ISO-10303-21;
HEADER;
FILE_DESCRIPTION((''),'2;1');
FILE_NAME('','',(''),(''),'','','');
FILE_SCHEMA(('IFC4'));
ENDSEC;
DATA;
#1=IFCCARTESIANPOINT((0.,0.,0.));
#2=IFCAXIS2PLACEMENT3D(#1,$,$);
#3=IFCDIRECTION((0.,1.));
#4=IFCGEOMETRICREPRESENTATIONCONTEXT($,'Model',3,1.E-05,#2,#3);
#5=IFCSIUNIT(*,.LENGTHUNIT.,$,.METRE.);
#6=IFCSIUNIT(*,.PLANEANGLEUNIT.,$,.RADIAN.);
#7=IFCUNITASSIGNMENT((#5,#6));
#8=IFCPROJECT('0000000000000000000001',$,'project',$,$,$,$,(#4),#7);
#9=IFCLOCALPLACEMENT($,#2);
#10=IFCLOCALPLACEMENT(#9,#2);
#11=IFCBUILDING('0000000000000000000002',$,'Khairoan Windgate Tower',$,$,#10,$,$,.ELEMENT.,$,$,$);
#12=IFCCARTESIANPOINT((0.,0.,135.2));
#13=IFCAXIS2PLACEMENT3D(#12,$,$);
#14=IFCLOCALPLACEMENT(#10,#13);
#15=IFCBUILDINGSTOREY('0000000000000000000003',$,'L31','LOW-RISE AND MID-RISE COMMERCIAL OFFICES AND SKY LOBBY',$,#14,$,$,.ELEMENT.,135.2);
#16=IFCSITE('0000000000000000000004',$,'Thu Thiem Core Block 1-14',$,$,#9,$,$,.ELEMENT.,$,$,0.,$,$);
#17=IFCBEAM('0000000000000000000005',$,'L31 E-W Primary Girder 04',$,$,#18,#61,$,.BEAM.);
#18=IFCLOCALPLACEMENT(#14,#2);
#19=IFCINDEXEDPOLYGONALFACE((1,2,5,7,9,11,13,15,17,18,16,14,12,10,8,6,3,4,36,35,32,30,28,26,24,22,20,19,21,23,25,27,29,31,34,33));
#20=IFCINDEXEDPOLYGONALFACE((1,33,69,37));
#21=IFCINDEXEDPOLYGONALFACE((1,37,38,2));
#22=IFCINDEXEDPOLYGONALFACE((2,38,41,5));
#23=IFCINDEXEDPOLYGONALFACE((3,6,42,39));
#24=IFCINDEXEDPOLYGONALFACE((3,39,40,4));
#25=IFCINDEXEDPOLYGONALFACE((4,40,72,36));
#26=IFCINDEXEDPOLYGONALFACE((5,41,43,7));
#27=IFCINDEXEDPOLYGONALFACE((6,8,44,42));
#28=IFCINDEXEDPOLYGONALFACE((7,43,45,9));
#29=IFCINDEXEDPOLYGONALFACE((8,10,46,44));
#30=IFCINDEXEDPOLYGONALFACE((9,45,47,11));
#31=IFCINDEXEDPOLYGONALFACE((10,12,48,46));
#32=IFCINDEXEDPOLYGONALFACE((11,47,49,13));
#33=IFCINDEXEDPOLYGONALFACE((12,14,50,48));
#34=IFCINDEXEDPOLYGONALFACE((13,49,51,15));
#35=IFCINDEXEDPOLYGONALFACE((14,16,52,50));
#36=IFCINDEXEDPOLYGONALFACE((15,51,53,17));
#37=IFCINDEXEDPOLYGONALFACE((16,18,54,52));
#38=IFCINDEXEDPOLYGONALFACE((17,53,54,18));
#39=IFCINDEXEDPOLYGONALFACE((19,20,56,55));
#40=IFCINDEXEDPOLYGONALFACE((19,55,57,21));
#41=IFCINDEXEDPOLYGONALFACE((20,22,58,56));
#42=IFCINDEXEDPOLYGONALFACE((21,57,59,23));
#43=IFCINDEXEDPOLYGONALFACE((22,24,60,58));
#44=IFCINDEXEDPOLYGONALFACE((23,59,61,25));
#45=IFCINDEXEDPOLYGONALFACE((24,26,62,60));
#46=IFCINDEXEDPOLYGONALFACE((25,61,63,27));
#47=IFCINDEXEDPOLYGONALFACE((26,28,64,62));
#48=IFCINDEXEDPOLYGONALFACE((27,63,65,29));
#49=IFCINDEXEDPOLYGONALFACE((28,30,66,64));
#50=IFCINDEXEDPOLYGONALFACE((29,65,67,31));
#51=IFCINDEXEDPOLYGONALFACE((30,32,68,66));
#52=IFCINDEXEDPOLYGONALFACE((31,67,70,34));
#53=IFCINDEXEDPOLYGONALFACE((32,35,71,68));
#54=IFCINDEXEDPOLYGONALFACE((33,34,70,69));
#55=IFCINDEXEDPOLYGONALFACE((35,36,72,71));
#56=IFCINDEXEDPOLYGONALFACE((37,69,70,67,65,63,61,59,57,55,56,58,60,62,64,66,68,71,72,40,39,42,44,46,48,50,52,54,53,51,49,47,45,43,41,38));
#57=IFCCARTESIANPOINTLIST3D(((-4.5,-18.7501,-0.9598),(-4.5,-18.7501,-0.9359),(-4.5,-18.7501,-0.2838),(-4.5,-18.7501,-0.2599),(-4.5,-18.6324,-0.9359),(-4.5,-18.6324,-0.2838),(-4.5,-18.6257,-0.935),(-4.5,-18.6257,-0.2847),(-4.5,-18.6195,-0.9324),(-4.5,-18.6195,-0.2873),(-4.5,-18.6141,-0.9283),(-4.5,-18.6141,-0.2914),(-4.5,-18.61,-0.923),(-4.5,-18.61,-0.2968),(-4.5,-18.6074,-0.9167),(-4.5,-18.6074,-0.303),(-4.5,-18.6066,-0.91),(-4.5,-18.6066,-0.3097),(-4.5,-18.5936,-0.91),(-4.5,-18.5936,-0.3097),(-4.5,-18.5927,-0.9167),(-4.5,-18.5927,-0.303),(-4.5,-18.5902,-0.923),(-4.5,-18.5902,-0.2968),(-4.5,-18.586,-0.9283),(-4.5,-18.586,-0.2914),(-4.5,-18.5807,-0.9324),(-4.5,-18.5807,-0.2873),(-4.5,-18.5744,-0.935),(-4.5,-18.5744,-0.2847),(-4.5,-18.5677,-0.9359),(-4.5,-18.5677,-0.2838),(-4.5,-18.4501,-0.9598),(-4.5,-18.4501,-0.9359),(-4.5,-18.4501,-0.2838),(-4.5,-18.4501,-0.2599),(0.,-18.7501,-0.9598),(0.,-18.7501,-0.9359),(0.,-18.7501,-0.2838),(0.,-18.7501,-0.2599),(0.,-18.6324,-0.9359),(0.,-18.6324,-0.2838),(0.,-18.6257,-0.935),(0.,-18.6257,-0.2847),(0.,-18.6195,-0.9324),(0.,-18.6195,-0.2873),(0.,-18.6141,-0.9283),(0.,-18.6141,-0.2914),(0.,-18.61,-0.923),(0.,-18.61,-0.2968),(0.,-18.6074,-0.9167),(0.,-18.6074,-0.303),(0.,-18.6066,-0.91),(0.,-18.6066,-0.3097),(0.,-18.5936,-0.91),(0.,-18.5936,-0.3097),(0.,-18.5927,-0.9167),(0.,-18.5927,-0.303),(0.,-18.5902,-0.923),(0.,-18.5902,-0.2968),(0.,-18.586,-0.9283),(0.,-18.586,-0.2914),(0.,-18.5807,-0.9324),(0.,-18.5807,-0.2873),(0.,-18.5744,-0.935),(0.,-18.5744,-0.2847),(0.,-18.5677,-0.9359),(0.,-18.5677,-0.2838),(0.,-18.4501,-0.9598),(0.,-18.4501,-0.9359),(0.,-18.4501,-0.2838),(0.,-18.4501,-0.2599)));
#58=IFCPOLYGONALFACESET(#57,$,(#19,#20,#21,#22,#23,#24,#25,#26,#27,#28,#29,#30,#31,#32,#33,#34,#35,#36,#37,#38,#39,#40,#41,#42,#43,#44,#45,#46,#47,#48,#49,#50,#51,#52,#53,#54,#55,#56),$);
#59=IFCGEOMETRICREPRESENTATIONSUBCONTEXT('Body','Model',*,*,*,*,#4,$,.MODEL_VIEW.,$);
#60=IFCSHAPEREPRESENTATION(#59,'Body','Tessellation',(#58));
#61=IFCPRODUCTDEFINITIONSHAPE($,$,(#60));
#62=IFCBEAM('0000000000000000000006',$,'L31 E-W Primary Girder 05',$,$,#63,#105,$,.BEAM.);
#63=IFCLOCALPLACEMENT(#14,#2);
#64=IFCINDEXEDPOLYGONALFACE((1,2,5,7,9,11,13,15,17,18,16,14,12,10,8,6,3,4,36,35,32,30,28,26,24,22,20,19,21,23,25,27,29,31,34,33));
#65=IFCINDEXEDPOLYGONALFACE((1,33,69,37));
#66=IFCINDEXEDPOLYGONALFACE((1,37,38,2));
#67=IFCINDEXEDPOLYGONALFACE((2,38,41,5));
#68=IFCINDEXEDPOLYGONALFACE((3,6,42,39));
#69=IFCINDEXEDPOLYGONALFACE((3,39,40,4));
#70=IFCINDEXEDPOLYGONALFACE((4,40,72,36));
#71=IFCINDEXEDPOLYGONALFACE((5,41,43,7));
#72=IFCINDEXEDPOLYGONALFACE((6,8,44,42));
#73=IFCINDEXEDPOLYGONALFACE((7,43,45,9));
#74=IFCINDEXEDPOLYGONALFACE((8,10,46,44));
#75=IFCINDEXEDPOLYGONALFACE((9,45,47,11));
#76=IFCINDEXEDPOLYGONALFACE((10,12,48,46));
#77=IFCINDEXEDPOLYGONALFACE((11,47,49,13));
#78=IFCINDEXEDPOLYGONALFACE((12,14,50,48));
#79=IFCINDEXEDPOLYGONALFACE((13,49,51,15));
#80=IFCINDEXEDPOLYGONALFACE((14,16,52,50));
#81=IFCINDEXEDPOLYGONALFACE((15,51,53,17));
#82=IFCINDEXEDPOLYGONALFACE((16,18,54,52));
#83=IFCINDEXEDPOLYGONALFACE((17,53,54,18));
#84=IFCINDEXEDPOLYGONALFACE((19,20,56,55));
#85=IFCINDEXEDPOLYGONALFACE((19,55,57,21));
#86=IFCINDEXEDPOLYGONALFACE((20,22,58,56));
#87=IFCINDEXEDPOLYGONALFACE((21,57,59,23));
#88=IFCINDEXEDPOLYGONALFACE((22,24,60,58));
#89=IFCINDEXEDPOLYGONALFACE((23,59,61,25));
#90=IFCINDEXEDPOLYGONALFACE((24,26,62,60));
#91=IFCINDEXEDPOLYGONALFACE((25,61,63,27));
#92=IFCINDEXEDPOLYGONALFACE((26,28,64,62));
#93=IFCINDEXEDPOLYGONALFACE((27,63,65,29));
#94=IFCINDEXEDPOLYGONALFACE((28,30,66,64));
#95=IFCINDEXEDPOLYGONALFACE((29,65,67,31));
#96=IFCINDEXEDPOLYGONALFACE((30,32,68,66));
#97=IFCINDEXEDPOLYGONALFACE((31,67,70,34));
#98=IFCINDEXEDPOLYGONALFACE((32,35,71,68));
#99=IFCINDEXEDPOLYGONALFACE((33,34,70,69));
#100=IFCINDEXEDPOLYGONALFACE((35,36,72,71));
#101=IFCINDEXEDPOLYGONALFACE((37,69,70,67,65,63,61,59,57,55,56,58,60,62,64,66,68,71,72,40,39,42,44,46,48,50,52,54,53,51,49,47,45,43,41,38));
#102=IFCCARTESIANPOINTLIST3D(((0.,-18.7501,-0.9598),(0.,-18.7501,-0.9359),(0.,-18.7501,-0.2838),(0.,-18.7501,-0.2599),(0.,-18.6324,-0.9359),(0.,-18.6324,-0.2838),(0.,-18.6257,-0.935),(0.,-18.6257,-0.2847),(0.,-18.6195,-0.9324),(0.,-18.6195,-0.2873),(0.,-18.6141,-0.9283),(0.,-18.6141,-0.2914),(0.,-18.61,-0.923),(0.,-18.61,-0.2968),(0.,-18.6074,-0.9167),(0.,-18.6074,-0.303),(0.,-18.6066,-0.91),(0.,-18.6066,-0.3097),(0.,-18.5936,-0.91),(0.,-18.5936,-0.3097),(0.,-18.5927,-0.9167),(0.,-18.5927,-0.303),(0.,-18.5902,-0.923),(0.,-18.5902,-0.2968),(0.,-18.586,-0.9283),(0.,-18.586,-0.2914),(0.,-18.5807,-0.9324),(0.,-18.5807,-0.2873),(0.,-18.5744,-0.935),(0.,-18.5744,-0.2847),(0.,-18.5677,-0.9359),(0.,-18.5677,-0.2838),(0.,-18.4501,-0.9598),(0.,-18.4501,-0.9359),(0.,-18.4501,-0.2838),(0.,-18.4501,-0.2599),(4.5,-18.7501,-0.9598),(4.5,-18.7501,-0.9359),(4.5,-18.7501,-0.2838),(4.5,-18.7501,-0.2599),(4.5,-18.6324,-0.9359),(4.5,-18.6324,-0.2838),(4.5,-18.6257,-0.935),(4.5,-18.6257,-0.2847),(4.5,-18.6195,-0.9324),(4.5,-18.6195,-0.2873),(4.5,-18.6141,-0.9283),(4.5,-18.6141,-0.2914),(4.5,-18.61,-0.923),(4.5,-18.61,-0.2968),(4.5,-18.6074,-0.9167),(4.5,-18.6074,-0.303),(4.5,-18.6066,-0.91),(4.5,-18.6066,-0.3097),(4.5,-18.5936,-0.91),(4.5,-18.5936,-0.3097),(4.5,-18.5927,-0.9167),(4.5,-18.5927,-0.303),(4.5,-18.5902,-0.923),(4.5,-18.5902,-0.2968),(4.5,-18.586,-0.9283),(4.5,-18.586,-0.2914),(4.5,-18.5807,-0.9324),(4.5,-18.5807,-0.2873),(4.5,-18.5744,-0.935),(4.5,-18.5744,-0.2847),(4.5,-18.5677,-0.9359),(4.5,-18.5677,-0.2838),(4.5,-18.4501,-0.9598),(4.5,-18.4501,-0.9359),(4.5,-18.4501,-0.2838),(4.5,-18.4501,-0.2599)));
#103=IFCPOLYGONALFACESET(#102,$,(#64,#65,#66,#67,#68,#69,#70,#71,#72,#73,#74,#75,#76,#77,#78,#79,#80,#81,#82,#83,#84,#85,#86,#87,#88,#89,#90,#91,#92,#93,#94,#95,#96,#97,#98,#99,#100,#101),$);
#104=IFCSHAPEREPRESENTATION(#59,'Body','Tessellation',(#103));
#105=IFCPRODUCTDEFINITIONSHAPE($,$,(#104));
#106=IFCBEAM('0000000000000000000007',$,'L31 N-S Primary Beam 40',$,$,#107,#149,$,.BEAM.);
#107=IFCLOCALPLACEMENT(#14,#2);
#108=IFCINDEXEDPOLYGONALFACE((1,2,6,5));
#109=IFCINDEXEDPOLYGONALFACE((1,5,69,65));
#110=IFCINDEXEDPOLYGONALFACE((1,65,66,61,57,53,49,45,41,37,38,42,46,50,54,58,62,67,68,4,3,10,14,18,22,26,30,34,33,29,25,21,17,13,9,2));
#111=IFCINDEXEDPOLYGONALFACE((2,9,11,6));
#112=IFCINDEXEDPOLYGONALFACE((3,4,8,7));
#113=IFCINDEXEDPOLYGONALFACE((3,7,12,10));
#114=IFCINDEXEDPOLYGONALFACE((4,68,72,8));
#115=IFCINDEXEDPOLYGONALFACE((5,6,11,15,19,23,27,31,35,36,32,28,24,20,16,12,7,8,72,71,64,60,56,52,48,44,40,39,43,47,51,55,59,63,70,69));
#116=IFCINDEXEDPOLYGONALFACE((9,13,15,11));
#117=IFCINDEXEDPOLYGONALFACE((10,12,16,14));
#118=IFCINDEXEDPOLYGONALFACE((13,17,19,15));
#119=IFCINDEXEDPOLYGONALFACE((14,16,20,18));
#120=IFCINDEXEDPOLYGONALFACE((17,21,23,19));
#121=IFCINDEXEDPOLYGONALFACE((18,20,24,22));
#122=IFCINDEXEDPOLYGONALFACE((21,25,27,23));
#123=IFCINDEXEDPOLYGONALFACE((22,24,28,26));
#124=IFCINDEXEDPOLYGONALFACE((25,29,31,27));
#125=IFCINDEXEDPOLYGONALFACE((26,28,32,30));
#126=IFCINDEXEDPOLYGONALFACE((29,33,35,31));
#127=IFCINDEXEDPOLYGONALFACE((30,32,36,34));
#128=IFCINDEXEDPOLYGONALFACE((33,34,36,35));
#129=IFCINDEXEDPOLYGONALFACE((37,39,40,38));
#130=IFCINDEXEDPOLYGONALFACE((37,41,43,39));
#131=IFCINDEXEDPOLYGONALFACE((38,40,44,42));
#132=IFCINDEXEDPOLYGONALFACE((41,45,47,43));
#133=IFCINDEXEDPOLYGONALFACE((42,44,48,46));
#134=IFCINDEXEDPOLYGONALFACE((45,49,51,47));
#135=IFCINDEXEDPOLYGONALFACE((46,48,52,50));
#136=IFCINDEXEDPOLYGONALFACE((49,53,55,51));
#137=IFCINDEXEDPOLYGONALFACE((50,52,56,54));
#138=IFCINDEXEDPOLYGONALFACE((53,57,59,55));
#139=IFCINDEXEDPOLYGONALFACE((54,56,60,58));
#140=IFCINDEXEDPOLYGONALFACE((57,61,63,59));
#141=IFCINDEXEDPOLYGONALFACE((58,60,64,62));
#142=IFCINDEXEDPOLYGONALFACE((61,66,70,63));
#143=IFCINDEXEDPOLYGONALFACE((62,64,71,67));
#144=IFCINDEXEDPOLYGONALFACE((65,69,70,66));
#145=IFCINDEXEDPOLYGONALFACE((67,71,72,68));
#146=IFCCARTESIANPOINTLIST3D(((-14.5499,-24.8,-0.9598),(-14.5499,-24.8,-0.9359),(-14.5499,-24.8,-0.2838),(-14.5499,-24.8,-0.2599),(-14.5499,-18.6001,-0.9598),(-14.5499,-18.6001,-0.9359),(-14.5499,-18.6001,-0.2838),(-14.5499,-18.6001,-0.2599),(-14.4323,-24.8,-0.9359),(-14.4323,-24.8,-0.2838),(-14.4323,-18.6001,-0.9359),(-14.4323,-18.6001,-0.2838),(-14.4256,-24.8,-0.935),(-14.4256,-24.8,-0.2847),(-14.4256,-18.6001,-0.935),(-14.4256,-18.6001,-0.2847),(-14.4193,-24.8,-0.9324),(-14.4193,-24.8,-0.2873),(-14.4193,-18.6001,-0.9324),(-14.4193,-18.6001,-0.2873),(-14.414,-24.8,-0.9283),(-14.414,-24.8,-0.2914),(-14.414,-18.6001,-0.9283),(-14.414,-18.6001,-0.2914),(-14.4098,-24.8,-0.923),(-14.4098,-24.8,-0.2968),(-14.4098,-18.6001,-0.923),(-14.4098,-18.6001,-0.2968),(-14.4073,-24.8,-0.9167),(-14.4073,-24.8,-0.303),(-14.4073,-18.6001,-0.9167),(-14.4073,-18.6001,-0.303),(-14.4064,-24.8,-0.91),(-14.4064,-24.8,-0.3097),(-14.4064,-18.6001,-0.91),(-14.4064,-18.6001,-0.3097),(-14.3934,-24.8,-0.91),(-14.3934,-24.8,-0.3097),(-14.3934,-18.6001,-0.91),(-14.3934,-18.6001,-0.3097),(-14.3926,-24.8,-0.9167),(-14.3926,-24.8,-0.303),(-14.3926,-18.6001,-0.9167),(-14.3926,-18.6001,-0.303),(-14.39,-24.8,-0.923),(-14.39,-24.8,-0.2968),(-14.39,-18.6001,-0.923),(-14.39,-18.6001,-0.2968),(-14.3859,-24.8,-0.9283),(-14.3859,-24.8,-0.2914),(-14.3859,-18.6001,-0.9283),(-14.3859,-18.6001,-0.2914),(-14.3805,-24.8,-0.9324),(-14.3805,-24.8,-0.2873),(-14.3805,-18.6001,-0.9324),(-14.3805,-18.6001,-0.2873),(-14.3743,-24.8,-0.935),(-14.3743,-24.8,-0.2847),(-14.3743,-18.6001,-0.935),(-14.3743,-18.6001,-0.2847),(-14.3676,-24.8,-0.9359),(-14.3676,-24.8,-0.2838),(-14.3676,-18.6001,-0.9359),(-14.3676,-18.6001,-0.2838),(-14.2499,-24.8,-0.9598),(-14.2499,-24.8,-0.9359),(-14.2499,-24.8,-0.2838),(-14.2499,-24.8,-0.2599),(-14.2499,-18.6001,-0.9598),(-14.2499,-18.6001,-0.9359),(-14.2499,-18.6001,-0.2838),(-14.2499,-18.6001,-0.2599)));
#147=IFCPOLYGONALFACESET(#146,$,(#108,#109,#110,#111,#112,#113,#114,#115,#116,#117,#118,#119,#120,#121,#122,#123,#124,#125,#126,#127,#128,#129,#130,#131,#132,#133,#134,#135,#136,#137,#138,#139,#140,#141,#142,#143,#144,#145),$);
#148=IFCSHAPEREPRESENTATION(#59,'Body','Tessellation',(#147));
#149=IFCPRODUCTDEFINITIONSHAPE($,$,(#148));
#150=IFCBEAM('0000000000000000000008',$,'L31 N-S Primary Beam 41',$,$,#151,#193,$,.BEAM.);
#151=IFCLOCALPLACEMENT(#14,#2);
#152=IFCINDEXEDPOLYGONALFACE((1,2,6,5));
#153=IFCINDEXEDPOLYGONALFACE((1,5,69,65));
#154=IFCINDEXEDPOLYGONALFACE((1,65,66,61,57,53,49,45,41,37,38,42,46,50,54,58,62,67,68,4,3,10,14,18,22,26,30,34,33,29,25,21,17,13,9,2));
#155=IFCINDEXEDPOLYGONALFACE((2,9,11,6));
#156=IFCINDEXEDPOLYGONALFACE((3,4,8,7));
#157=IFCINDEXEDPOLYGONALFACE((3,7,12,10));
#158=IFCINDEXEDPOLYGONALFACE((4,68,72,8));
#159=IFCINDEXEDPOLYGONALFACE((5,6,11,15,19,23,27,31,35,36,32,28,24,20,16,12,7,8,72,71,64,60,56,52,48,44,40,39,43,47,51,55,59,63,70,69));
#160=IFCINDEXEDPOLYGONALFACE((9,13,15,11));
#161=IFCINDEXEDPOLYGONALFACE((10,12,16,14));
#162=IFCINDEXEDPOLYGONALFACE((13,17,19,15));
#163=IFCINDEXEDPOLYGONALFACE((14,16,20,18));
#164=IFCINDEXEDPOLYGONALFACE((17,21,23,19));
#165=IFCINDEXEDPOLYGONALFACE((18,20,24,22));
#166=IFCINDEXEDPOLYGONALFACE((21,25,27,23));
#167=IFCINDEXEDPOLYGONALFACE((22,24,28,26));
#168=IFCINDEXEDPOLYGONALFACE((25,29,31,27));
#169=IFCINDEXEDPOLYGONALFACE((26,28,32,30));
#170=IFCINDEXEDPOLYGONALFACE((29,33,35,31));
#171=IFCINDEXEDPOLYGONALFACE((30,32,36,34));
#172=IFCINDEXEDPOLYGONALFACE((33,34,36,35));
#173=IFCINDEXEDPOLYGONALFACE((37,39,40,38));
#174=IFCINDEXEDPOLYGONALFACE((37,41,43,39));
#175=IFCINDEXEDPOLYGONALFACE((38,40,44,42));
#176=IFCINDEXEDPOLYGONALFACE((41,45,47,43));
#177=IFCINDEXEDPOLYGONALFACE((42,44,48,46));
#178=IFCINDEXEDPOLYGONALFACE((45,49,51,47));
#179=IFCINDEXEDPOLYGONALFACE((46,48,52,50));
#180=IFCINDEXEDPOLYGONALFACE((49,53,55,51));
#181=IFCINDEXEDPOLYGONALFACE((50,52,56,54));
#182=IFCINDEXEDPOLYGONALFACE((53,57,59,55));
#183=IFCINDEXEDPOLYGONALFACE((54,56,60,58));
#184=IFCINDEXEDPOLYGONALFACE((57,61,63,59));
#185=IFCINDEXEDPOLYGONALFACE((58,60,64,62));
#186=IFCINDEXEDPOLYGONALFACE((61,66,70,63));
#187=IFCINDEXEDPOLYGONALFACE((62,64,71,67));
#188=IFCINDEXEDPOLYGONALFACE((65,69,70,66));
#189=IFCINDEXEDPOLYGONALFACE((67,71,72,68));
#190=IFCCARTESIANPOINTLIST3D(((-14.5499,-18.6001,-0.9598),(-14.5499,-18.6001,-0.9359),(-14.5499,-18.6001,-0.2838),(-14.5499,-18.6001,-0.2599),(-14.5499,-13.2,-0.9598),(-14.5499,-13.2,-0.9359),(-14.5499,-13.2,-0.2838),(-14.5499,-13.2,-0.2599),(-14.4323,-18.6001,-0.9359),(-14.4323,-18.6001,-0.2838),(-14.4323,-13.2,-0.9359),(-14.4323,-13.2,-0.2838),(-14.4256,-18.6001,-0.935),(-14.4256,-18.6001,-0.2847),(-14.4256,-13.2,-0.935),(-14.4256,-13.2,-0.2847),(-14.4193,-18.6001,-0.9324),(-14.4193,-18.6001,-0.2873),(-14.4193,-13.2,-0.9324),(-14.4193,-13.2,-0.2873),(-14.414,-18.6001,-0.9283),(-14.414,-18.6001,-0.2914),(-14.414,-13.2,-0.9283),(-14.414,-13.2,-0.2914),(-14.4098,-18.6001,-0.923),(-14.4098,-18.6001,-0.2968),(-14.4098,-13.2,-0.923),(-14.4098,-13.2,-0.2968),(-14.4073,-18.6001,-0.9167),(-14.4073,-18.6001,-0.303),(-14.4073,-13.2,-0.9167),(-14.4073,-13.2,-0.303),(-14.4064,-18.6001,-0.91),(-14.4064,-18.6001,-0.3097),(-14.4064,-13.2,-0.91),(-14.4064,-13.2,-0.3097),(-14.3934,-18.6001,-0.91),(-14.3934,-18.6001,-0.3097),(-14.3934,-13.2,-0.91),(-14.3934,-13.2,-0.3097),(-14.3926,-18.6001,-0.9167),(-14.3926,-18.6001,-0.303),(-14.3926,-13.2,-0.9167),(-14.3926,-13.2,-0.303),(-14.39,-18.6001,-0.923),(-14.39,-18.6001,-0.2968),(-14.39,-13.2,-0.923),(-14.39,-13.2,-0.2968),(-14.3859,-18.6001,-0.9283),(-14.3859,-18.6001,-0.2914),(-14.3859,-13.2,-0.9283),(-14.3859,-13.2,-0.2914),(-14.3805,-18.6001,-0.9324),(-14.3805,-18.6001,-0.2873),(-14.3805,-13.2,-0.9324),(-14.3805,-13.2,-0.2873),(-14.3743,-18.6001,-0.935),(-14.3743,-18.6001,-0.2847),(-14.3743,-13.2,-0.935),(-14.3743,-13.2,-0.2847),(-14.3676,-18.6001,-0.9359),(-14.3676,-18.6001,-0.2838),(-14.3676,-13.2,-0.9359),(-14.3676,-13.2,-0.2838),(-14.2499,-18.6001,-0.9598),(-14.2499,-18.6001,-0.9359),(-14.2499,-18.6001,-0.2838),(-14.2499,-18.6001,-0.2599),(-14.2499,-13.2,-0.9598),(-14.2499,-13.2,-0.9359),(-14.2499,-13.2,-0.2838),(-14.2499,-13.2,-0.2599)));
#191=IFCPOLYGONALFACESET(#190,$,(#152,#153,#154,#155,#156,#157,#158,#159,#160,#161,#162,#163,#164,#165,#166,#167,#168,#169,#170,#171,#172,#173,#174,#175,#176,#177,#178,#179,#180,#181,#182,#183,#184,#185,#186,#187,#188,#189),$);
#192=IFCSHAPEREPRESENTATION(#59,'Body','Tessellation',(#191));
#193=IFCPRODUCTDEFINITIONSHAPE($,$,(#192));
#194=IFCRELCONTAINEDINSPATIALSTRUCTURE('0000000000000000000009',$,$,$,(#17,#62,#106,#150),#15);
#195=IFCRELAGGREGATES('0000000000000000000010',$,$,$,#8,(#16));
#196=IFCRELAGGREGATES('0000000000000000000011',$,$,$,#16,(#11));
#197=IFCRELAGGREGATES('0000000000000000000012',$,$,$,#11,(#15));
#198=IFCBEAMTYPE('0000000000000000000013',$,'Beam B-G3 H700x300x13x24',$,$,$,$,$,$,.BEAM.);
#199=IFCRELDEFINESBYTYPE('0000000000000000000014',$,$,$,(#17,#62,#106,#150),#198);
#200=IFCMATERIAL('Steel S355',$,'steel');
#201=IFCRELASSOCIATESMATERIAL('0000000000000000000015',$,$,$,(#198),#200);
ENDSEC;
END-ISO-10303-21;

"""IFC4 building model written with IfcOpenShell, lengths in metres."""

from ifc_helpers import new_model, si_unit, direction, frame, origin, origin_2d, place, context, subcontext, project, spatial, i_section, extrude, material, material_profile, profile_set, type_object, element, save


model = new_model("IFC4")

# Units and contexts
model_context = context("Model", 3, precision=1e-05, world=origin(), true_north=direction((0.0, 1.0)))
body_context = subcontext(model_context, "Body", "Model", "MODEL_VIEW")
ifc_project = project(units=[si_unit("LENGTHUNIT", "METRE"), si_unit("PLANEANGLEUNIT", "RADIAN")], contexts=[model_context])

# Site, building, storey
site_placement = place(None, origin())
site = spatial("IfcSite", under=ifc_project, at=site_placement, Name="Thu Thiem Core Block 1-14", CompositionType="ELEMENT", RefElevation=0.0)
building_placement = place(site_placement, origin())
building = spatial("IfcBuilding", under=site, at=building_placement, Name="Khairoan Windgate Tower", CompositionType="ELEMENT")
storey_placement = place(building_placement, frame((0.0, 0.0, 135.2)))
storey = spatial("IfcBuildingStorey", under=building, at=storey_placement, Name="L31", Description="LOW-RISE AND MID-RISE COMMERCIAL OFFICES AND SKY LOBBY", CompositionType="ELEMENT", Elevation=135.2)

# Beams
ifc_material_1 = material(Name="Steel S355", Category="steel")
ifc_material_profile_1 = material_profile(ifc_material_1, i_section(OverallWidth=0.3, OverallDepth=0.7, WebThickness=0.0129, FlangeThickness=0.0239, FilletRadius=0.0259, at=origin_2d()))
ifc_profile_set_1 = profile_set([ifc_material_profile_1], Name="Steel S355")
beam_type_1 = type_object("IfcBeamType", Name="Beam B-G3 H700x300x13x24", PredefinedType="BEAM", material=ifc_profile_set_1)
for number, where, z_axis, x_axis, name in (
    (1, (-4.5, -18.6001, -0.6099), (1.0, 0.0, 0.0), (0.0, 1.0, 0.0), "L31 E-W Primary Girder 04"),
    (2, (0.0, -18.6001, -0.6099), (1.0, 0.0, 0.0), (0.0, 1.0, 0.0), "L31 E-W Primary Girder 05"),
):
    element("IfcBeam", number, at=place(storey_placement, frame(where, z_axis=z_axis, x_axis=x_axis)), inside=storey, type_object=beam_type_1, Name=name, PredefinedType="BEAM", context=body_context, shape_type="SweptSolid", body=[
        extrude(i_section(OverallWidth=0.3, OverallDepth=0.7, WebThickness=0.0129, FlangeThickness=0.0239, FilletRadius=0.0259, at=origin_2d()), origin(), (0.0, 0.0, 1.0), 4.5),
    ])
beam_1_placement = place(storey_placement, frame((-14.3999, -24.8, -0.6099), z_axis=(0.0, 1.0, 0.0), x_axis=(-1.0, 0.0, 0.0)))
element("IfcBeam", 3, at=beam_1_placement, inside=storey, type_object=beam_type_1, Name="L31 N-S Primary Beam 40", PredefinedType="BEAM", context=body_context, shape_type="SweptSolid", body=[
    extrude(i_section(OverallWidth=0.3, OverallDepth=0.7, WebThickness=0.0129, FlangeThickness=0.0239, FilletRadius=0.0259, at=origin_2d()), origin(), (0.0, 0.0, 1.0), 6.2),
])
beam_2_placement = place(storey_placement, frame((-14.3999, -18.6001, -0.6099), z_axis=(0.0, 1.0, 0.0), x_axis=(-1.0, 0.0, 0.0)))
element("IfcBeam", 4, at=beam_2_placement, inside=storey, type_object=beam_type_1, Name="L31 N-S Primary Beam 41", PredefinedType="BEAM", context=body_context, shape_type="SweptSolid", body=[
    extrude(i_section(OverallWidth=0.3, OverallDepth=0.7, WebThickness=0.0129, FlangeThickness=0.0239, FilletRadius=0.0259, at=origin_2d()), origin(), (0.0, 0.0, 1.0), 5.4001),
])

save(model, "model.ifc")
